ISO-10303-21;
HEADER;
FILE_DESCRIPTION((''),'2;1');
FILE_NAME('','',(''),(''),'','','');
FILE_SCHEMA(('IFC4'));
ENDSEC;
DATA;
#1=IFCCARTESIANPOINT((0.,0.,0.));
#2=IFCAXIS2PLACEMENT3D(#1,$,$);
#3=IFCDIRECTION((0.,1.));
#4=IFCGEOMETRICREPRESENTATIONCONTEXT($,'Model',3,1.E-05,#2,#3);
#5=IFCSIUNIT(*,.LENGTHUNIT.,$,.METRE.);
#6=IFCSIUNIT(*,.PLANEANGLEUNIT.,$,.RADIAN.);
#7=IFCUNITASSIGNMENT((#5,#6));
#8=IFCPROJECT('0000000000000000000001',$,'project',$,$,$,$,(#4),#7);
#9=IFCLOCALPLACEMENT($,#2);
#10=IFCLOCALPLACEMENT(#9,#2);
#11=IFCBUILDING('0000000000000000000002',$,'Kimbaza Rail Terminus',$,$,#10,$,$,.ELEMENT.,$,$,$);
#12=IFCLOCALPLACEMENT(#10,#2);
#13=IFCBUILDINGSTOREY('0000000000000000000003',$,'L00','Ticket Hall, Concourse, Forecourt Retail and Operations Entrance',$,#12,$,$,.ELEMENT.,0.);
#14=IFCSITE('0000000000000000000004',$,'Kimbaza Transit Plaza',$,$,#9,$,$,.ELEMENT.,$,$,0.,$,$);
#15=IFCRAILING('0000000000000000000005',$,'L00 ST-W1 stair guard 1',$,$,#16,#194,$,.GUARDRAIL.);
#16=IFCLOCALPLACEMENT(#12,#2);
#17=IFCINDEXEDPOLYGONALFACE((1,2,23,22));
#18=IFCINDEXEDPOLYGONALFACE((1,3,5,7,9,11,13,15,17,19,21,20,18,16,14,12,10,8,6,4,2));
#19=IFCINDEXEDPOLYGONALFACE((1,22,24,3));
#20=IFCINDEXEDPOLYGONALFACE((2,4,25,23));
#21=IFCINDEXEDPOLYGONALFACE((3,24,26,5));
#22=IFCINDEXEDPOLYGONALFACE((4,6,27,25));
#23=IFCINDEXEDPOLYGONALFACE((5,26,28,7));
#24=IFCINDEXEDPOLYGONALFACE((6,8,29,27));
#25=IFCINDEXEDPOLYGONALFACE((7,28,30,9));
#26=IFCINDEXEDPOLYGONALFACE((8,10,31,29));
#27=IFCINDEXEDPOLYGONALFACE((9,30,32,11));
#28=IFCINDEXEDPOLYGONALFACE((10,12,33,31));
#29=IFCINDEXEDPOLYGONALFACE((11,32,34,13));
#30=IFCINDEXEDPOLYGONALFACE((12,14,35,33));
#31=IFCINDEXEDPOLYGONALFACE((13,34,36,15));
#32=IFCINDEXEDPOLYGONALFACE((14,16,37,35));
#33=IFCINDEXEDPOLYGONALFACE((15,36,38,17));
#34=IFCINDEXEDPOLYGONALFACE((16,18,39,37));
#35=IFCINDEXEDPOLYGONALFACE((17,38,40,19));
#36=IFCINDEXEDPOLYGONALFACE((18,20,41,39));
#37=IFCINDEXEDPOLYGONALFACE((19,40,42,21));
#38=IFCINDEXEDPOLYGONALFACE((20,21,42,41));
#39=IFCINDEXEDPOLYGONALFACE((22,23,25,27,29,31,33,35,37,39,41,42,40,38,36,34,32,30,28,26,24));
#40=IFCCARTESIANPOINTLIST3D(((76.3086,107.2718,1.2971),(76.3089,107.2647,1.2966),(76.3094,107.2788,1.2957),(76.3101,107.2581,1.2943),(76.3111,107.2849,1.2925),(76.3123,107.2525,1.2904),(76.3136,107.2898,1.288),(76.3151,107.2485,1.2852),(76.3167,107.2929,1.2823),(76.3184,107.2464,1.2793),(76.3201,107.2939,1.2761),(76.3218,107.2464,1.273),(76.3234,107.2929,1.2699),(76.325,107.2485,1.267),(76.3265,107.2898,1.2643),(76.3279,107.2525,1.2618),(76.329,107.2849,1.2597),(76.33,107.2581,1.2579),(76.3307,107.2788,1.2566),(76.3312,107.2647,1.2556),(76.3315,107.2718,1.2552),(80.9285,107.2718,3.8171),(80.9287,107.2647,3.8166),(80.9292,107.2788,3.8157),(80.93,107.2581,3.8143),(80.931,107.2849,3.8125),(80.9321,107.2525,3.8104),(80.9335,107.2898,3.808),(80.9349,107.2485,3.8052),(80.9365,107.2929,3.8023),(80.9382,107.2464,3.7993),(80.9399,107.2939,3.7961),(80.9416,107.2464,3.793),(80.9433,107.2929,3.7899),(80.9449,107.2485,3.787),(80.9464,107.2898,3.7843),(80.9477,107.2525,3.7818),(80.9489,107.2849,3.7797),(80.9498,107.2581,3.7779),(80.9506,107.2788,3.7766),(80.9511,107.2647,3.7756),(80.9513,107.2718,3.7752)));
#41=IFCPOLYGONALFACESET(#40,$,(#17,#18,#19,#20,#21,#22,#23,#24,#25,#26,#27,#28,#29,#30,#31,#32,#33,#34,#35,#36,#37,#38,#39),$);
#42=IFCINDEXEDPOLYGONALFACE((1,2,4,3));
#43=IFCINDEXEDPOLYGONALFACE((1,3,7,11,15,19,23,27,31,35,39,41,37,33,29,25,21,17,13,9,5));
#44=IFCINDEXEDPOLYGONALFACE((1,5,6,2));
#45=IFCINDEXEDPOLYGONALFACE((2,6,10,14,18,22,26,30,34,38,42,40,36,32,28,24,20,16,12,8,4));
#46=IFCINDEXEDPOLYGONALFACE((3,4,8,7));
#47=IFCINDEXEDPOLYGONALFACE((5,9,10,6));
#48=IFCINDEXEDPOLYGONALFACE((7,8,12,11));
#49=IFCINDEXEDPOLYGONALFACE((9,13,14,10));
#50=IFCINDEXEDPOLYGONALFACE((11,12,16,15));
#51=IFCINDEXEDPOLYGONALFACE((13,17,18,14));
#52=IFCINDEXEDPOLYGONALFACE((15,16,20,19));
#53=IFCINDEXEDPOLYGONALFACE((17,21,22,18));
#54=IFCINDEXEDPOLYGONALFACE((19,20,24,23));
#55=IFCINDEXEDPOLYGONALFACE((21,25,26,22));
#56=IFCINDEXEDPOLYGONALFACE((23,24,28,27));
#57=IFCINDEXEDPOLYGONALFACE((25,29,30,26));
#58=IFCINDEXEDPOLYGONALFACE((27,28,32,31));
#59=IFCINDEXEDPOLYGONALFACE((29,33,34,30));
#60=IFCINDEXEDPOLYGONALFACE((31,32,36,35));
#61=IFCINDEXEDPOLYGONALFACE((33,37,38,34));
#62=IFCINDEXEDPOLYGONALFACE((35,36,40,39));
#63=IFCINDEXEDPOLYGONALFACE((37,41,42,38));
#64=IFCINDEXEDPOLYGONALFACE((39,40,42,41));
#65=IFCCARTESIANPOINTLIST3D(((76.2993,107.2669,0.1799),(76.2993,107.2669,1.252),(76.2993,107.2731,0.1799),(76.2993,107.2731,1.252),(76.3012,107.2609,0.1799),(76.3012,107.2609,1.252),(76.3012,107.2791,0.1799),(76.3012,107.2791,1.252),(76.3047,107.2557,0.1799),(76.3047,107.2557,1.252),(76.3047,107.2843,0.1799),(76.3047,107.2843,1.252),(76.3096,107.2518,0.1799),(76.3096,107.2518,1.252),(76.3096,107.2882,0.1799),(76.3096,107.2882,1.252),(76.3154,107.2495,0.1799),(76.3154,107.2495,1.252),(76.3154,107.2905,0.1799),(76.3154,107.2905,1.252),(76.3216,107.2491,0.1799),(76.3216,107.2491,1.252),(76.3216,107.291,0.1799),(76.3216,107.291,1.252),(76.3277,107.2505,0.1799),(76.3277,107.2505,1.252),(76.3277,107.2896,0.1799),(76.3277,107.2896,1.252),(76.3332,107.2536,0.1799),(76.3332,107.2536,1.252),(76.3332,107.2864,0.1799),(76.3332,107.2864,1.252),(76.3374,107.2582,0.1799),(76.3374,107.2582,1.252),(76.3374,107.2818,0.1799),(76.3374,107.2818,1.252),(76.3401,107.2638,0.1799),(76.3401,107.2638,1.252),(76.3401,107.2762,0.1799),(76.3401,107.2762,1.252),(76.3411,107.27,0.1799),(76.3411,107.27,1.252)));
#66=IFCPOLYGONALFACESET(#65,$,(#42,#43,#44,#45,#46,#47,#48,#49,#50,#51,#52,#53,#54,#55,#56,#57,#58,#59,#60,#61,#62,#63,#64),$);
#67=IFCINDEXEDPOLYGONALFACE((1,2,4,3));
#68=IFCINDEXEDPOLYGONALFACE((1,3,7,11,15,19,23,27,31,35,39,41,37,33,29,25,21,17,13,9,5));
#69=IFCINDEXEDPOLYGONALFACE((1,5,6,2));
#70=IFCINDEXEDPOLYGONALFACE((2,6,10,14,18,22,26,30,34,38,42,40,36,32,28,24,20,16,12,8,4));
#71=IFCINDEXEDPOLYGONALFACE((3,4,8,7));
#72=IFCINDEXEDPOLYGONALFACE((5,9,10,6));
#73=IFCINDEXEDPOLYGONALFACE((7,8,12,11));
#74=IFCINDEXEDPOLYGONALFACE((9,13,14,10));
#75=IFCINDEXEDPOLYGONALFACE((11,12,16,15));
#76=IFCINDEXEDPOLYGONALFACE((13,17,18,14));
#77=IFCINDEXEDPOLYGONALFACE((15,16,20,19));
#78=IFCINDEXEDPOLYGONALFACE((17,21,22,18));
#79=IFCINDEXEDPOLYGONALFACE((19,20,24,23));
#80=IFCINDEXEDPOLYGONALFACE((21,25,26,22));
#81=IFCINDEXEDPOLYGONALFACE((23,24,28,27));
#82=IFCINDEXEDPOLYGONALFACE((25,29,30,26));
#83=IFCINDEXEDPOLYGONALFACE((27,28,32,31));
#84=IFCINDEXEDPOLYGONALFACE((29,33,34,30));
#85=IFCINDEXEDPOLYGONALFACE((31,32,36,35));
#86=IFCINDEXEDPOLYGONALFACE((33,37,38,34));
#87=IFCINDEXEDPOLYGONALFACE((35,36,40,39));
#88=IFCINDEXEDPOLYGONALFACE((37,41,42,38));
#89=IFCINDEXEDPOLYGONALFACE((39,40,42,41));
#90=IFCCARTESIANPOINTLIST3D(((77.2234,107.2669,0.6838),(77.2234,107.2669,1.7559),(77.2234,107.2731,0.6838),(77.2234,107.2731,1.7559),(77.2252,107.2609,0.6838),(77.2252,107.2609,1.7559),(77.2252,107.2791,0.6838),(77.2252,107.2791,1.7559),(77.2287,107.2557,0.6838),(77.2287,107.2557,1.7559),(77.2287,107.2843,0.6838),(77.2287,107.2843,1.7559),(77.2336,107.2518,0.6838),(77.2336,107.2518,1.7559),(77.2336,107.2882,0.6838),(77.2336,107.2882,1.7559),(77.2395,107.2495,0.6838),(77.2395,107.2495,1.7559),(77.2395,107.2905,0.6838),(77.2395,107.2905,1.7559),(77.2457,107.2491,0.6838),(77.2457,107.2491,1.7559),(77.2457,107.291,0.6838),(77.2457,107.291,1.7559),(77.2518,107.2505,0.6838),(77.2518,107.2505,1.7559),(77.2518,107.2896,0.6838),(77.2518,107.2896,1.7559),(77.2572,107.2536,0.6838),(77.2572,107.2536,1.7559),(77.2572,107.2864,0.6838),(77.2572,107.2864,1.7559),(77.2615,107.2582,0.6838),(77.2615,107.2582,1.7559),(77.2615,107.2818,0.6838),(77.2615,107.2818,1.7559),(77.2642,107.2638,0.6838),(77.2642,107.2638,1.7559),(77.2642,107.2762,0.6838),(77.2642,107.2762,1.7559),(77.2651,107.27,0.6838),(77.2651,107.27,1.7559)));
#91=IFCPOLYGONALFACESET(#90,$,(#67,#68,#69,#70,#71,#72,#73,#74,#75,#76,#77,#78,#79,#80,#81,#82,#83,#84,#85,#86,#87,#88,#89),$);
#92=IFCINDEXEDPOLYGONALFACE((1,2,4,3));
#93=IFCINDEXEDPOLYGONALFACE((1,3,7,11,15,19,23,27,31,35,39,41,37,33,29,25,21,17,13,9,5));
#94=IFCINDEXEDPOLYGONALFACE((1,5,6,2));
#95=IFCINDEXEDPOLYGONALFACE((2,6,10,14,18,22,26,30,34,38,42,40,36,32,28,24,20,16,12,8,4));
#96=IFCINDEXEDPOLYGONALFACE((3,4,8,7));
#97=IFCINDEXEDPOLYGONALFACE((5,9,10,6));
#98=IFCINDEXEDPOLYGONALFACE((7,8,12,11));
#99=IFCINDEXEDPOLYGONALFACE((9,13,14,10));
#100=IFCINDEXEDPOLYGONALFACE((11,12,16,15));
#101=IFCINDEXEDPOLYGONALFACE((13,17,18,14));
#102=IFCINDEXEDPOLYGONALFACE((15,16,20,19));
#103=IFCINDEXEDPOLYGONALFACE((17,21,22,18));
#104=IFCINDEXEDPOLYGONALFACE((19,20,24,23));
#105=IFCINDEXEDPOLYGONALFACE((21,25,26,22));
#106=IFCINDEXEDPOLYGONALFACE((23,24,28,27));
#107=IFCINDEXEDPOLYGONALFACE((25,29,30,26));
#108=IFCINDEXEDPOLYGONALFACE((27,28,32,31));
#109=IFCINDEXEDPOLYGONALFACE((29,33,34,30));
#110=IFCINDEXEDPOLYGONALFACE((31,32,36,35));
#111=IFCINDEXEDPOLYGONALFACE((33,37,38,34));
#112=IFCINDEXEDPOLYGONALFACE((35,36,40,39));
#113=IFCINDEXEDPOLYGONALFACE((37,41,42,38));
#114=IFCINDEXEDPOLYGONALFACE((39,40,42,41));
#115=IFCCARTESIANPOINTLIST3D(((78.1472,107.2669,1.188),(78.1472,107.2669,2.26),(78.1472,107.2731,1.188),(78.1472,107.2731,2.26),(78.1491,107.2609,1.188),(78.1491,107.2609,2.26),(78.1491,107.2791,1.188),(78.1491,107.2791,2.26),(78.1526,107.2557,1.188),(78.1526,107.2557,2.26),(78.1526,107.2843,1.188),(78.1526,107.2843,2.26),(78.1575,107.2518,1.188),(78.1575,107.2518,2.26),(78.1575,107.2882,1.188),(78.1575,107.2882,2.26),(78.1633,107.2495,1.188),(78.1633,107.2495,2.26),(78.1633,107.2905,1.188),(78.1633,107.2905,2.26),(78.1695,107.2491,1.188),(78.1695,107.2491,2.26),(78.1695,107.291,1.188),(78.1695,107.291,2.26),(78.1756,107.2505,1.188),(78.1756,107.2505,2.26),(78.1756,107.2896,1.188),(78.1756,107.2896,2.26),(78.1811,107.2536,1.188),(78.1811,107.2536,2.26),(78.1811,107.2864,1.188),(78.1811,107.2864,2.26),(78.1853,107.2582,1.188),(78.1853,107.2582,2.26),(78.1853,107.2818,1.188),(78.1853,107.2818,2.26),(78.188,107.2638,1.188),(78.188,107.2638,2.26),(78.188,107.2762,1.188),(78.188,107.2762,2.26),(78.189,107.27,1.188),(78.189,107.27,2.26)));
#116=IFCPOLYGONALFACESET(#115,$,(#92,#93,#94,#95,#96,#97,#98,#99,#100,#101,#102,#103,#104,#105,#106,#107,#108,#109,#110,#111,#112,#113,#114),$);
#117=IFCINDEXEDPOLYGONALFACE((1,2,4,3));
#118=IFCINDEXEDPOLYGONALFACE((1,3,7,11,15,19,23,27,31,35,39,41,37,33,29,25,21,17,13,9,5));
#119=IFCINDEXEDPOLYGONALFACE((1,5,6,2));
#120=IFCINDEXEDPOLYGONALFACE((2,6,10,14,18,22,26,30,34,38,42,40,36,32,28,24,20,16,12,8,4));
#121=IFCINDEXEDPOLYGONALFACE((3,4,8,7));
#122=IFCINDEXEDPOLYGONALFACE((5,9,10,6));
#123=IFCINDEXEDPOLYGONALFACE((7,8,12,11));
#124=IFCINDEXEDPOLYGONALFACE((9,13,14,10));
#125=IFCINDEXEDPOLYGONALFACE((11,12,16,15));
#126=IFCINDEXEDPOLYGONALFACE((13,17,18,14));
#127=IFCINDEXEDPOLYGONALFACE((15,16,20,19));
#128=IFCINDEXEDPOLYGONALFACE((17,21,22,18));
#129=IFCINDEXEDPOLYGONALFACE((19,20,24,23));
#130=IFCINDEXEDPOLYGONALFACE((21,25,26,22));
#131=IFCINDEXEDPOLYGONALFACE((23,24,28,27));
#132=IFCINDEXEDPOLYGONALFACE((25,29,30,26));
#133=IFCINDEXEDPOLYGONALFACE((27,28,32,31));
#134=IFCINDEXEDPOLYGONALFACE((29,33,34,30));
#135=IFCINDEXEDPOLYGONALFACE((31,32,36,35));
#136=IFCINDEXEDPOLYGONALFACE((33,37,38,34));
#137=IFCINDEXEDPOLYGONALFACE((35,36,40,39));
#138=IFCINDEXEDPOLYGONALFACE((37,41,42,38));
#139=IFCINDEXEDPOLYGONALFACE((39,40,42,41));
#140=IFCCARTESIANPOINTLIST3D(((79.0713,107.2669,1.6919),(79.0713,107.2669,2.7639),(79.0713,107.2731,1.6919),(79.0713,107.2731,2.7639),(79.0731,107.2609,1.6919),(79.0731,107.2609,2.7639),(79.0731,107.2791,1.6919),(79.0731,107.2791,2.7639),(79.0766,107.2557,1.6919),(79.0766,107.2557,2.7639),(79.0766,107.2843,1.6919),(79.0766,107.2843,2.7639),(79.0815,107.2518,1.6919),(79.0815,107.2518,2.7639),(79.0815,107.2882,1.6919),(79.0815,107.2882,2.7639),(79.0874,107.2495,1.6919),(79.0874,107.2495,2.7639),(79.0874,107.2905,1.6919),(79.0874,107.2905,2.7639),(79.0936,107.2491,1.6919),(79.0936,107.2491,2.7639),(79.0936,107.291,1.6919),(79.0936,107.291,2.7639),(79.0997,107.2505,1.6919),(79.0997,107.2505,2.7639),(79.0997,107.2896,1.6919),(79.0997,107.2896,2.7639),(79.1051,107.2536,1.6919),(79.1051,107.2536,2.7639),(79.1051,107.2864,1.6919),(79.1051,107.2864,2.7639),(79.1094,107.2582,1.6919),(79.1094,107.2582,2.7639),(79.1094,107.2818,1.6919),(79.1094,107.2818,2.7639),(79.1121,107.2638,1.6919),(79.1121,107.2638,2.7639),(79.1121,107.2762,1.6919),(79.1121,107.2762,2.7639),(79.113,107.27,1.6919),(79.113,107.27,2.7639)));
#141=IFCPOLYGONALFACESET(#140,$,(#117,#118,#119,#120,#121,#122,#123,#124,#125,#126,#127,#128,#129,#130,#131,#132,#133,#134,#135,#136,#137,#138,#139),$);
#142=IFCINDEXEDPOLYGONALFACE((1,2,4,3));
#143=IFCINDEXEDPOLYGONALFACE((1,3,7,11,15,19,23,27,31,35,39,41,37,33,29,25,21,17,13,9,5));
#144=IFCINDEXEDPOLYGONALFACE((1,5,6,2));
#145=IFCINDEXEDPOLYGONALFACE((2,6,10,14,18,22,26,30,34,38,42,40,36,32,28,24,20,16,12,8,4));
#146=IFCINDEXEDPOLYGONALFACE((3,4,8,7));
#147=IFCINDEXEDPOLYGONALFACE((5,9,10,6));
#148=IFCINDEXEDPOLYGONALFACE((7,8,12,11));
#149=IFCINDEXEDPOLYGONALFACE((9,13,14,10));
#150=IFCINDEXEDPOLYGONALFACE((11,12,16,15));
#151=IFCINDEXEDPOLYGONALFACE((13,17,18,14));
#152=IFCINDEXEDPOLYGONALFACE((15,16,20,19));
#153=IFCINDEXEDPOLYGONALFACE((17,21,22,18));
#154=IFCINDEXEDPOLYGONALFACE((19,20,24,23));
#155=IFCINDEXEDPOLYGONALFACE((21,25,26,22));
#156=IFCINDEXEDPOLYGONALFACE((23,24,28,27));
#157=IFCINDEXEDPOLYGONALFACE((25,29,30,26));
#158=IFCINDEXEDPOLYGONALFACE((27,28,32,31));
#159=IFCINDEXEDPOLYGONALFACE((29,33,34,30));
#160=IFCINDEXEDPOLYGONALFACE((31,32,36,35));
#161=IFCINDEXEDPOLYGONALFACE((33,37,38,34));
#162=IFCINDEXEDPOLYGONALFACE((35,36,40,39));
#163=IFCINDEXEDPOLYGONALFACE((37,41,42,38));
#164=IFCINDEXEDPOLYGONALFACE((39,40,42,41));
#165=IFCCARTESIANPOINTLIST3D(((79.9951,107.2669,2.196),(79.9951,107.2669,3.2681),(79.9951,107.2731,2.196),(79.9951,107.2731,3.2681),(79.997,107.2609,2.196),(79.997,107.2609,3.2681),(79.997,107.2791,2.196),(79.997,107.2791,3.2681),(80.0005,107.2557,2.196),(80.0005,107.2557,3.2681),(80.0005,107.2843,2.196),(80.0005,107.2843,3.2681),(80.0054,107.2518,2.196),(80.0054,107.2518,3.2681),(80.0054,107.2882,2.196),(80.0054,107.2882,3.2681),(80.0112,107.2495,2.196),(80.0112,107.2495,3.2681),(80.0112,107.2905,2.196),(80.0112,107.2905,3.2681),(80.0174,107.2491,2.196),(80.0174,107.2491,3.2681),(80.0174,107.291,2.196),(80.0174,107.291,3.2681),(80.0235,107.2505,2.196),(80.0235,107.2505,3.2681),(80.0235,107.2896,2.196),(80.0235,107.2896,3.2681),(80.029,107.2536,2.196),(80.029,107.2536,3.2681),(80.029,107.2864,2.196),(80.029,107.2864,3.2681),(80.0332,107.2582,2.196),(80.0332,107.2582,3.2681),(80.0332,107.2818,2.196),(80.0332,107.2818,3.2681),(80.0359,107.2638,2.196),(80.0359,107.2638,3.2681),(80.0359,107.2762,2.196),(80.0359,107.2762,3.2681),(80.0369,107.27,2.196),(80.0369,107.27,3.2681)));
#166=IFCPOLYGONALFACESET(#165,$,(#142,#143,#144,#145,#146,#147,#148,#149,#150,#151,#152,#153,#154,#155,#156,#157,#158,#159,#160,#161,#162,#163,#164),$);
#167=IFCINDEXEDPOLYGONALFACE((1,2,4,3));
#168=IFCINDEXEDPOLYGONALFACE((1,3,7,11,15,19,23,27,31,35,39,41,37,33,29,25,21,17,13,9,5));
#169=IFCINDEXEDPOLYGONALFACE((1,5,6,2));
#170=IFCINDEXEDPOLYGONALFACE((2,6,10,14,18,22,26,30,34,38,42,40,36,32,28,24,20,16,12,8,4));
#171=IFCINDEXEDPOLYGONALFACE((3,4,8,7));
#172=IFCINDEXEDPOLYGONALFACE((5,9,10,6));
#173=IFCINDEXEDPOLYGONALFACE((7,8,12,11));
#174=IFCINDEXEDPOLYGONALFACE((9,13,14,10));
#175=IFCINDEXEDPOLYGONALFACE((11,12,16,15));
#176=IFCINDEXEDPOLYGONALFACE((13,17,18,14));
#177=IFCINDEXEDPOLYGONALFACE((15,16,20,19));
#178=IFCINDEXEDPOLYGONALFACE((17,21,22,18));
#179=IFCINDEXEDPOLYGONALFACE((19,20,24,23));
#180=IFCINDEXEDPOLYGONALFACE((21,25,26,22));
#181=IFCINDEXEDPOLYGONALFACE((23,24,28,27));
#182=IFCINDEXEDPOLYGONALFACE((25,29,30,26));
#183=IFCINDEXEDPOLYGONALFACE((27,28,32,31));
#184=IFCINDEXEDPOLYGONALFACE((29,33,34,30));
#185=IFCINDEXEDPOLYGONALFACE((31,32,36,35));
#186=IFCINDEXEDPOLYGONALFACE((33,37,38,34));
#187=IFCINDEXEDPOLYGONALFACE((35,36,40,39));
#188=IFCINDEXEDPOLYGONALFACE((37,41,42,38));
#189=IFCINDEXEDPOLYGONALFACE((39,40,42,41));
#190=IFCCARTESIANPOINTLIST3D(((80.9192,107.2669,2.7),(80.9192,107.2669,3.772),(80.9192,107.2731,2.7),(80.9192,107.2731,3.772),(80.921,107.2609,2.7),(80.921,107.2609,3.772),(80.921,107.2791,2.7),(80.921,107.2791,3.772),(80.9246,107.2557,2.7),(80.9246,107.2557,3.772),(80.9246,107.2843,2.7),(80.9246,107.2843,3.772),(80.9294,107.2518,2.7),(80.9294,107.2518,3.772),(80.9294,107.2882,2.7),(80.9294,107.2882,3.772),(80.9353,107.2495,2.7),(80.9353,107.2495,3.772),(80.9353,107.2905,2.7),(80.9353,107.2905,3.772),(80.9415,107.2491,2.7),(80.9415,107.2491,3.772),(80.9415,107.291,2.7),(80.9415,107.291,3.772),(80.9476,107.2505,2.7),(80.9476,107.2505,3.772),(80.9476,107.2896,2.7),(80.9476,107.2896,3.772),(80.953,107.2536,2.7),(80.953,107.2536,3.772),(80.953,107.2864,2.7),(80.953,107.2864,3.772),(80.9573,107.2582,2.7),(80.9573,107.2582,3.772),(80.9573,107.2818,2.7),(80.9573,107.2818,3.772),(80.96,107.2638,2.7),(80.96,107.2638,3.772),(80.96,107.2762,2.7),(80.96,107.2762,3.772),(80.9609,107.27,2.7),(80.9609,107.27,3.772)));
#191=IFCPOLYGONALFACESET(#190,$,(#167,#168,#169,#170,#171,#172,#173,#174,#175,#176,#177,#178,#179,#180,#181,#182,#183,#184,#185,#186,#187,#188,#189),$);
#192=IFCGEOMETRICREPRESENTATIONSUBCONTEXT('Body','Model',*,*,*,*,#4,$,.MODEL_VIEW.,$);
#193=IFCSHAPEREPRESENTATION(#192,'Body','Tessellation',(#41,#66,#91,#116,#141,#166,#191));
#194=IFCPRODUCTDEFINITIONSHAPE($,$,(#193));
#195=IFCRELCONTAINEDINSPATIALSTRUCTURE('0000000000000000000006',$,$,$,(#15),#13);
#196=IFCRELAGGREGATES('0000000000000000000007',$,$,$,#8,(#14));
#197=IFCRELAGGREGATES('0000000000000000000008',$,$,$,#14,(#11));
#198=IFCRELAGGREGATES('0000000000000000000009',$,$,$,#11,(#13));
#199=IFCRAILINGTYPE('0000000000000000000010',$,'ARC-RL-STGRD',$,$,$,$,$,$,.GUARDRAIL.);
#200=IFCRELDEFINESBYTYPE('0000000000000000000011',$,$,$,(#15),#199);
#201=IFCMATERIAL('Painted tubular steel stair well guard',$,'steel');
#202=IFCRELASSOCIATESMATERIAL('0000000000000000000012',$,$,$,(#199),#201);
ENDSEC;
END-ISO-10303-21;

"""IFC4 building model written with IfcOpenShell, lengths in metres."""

from ifc_helpers import new_model, si_unit, direction, frame, origin, origin_2d, place, context, subcontext, project, spatial, circle, extrude, material, type_object, element, save


model = new_model("IFC4")

# Units and contexts
model_context = context("Model", 3, precision=1e-05, world=origin(), true_north=direction((0.0, 1.0)))
body_context = subcontext(model_context, "Body", "Model", "MODEL_VIEW")
ifc_project = project(units=[si_unit("LENGTHUNIT", "METRE"), si_unit("PLANEANGLEUNIT", "RADIAN")], contexts=[model_context])

# Site, building, storey
site_placement = place(None, origin())
site = spatial("IfcSite", under=ifc_project, at=site_placement, Name="Kimbaza Transit Plaza", CompositionType="ELEMENT", RefElevation=0.0)
building_placement = place(site_placement, origin())
building = spatial("IfcBuilding", under=site, at=building_placement, Name="Kimbaza Rail Terminus", CompositionType="ELEMENT")
storey_placement = place(building_placement, origin())
storey = spatial("IfcBuildingStorey", under=building, at=storey_placement, Name="L00", Description="Ticket Hall, Concourse, Forecourt Retail and Operations Entrance", CompositionType="ELEMENT", Elevation=0.0)

# Railing
ifc_material_1 = material(Name="Painted tubular steel stair well guard", Category="steel")
railing_type_1 = type_object("IfcRailingType", Name="ARC-RL-STGRD", PredefinedType="GUARDRAIL", material=ifc_material_1)
railing_1_placement = place(storey_placement, frame((76.3201, 107.27, 0.1799)))
element("IfcRailing", 1, at=railing_1_placement, inside=storey, type_object=railing_type_1, Name="L00 ST-W1 stair guard 1", PredefinedType="GUARDRAIL", context=body_context, shape_type="SweptSolid", body=[
    extrude(circle(Radius=0.0239, at=origin_2d()), frame((0.0, 0.0, 1.0962), z_axis=(0.877888, 0.0, 0.478865), x_axis=(0.0, 1.0, 0.0)), (0.0, 0.0, 1.0), 5.2625),
    extrude(circle(Radius=0.021, at=origin_2d()), origin(), (0.0, 0.0, 1.0), 1.072),
    extrude(circle(Radius=0.021, at=origin_2d()), frame((0.9241, 0.0, 0.5039)), (0.0, 0.0, 1.0), 1.072),
    extrude(circle(Radius=0.021, at=origin_2d()), frame((1.8479, 0.0, 1.0081)), (0.0, 0.0, 1.0), 1.072),
    extrude(circle(Radius=0.021, at=origin_2d()), frame((2.772, 0.0, 1.512)), (0.0, 0.0, 1.0), 1.072),
    extrude(circle(Radius=0.021, at=origin_2d()), frame((3.6958, 0.0, 2.0161)), (0.0, 0.0, 1.0), 1.072),
    extrude(circle(Radius=0.021, at=origin_2d()), frame((4.6199, 0.0, 2.52)), (0.0, 0.0, 1.0), 1.072),
])

save(model, "model.ifc")
